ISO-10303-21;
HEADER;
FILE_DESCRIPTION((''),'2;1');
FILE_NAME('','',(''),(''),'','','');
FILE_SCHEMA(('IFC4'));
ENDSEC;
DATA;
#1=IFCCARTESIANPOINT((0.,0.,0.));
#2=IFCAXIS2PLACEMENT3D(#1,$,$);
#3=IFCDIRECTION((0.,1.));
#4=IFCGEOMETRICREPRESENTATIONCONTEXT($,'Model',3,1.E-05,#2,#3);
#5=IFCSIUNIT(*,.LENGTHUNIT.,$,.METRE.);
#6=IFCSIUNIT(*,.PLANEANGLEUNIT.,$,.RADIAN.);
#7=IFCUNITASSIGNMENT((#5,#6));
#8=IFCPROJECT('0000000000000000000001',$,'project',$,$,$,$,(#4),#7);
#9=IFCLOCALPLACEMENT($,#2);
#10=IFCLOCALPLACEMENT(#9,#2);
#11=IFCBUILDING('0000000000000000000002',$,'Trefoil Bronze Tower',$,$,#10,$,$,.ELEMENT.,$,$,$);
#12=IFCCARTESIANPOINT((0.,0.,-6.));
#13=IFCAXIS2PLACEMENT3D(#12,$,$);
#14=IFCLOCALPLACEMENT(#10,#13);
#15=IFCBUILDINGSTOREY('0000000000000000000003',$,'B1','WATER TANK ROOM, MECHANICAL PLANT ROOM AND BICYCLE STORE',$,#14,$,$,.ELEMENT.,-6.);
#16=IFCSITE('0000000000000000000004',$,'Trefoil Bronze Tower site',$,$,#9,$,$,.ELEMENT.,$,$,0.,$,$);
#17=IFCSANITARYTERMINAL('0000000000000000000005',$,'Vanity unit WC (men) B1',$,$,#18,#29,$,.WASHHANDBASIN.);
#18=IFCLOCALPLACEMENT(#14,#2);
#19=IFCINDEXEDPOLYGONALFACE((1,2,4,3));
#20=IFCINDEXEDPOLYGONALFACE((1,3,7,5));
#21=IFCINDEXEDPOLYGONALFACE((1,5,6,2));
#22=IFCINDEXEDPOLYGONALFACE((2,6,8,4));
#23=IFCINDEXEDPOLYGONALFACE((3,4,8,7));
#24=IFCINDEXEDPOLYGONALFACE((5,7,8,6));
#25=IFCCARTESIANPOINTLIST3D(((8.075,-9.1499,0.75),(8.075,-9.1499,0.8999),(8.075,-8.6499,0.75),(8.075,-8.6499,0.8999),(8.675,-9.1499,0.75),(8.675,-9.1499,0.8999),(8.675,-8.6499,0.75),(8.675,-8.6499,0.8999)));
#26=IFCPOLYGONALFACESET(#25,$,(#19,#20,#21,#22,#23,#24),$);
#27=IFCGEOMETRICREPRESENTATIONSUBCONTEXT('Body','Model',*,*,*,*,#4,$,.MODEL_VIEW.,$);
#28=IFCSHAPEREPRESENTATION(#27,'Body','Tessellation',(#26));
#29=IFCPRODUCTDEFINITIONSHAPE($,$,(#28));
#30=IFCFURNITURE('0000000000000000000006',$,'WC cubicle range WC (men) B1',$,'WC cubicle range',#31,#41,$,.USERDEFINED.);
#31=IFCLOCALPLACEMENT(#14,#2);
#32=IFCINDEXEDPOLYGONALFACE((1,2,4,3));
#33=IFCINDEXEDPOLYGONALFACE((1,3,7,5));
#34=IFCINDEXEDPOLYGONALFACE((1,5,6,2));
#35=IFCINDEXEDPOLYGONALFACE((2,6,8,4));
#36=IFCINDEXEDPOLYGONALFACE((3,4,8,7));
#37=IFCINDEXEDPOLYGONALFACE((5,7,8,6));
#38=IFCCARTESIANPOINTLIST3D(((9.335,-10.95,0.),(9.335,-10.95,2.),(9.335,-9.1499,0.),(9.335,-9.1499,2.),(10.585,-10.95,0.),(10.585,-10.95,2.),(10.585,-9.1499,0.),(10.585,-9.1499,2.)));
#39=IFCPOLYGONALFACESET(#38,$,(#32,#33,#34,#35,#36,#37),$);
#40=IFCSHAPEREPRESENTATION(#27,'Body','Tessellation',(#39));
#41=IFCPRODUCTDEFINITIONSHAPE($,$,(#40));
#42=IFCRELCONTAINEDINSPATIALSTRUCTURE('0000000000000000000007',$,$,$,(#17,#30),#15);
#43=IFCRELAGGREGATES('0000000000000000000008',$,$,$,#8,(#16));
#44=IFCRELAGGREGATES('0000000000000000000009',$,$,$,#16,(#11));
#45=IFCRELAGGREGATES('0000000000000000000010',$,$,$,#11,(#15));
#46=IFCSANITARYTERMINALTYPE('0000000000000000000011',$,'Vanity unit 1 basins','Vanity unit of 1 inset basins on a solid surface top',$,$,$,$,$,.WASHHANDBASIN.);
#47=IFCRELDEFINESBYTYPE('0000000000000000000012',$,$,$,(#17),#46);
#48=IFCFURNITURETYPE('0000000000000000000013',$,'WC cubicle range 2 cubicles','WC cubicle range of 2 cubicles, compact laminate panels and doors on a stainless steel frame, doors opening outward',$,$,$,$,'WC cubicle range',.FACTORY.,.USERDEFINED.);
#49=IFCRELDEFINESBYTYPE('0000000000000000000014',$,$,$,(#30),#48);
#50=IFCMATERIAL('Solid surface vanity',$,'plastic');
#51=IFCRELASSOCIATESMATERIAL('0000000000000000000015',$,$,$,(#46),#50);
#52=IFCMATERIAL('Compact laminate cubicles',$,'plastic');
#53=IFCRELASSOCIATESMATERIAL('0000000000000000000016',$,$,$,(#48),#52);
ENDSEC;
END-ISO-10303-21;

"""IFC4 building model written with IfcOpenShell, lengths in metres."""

from ifc_helpers import new_model, si_unit, direction, frame, origin, place, context, subcontext, project, spatial, polyline, outline, extrude, material, type_object, element, save


model = new_model("IFC4")

# Units and contexts
model_context = context("Model", 3, precision=1e-05, world=origin(), true_north=direction((0.0, 1.0)))
body_context = subcontext(model_context, "Body", "Model", "MODEL_VIEW")
ifc_project = project(units=[si_unit("LENGTHUNIT", "METRE"), si_unit("PLANEANGLEUNIT", "RADIAN")], contexts=[model_context])

# Site, building, storey
site_placement = place(None, origin())
site = spatial("IfcSite", under=ifc_project, at=site_placement, Name="Trefoil Bronze Tower site", CompositionType="ELEMENT", RefElevation=0.0)
building_placement = place(site_placement, origin())
building = spatial("IfcBuilding", under=site, at=building_placement, Name="Trefoil Bronze Tower", CompositionType="ELEMENT")
storey_placement = place(building_placement, frame((0.0, 0.0, -6.0)))
storey = spatial("IfcBuildingStorey", under=building, at=storey_placement, Name="B1", Description="WATER TANK ROOM, MECHANICAL PLANT ROOM AND BICYCLE STORE", CompositionType="ELEMENT", Elevation=-6.0)

# Sanitary terminal
ifc_material_1 = material(Name="Solid surface vanity", Category="plastic")
sanitary_terminal_type = type_object("IfcSanitaryTerminalType", Name="Vanity unit 1 basins", Description="Vanity unit of 1 inset basins on a solid surface top", PredefinedType="WASHHANDBASIN", material=ifc_material_1)
sanitary_terminal_placement = place(storey_placement, frame((0.0, 0.0, 0.75)))
element("IfcSanitaryTerminal", 1, at=sanitary_terminal_placement, inside=storey, type_object=sanitary_terminal_type, Name="Vanity unit WC (men) B1", PredefinedType="WASHHANDBASIN", context=body_context, shape_type="SweptSolid", body=[
    extrude(outline(polyline([(8.075, -8.6499), (8.675, -8.6499), (8.675, -9.1499), (8.075, -9.1499), (8.075, -8.6499)])), origin(), (0.0, 0.0, 1.0), 0.1499),
])

# Furniture
ifc_material_2 = material(Name="Compact laminate cubicles", Category="plastic")
furniture_type = type_object("IfcFurnitureType", Name="WC cubicle range 2 cubicles", Description="WC cubicle range of 2 cubicles, compact laminate panels and doors on a stainless steel frame, doors opening outward", ElementType="WC cubicle range", AssemblyPlace="FACTORY", PredefinedType="USERDEFINED", material=ifc_material_2)
furniture_placement = place(storey_placement, origin())
element("IfcFurniture", 2, at=furniture_placement, inside=storey, type_object=furniture_type, Name="WC cubicle range WC (men) B1", ObjectType="WC cubicle range", PredefinedType="USERDEFINED", context=body_context, shape_type="SweptSolid", body=[
    extrude(outline(polyline([(9.335, -9.1499), (10.585, -9.1499), (10.585, -10.95), (9.335, -10.95), (9.335, -9.1499)])), origin(), (0.0, 0.0, 1.0), 2.0),
])

save(model, "model.ifc")
